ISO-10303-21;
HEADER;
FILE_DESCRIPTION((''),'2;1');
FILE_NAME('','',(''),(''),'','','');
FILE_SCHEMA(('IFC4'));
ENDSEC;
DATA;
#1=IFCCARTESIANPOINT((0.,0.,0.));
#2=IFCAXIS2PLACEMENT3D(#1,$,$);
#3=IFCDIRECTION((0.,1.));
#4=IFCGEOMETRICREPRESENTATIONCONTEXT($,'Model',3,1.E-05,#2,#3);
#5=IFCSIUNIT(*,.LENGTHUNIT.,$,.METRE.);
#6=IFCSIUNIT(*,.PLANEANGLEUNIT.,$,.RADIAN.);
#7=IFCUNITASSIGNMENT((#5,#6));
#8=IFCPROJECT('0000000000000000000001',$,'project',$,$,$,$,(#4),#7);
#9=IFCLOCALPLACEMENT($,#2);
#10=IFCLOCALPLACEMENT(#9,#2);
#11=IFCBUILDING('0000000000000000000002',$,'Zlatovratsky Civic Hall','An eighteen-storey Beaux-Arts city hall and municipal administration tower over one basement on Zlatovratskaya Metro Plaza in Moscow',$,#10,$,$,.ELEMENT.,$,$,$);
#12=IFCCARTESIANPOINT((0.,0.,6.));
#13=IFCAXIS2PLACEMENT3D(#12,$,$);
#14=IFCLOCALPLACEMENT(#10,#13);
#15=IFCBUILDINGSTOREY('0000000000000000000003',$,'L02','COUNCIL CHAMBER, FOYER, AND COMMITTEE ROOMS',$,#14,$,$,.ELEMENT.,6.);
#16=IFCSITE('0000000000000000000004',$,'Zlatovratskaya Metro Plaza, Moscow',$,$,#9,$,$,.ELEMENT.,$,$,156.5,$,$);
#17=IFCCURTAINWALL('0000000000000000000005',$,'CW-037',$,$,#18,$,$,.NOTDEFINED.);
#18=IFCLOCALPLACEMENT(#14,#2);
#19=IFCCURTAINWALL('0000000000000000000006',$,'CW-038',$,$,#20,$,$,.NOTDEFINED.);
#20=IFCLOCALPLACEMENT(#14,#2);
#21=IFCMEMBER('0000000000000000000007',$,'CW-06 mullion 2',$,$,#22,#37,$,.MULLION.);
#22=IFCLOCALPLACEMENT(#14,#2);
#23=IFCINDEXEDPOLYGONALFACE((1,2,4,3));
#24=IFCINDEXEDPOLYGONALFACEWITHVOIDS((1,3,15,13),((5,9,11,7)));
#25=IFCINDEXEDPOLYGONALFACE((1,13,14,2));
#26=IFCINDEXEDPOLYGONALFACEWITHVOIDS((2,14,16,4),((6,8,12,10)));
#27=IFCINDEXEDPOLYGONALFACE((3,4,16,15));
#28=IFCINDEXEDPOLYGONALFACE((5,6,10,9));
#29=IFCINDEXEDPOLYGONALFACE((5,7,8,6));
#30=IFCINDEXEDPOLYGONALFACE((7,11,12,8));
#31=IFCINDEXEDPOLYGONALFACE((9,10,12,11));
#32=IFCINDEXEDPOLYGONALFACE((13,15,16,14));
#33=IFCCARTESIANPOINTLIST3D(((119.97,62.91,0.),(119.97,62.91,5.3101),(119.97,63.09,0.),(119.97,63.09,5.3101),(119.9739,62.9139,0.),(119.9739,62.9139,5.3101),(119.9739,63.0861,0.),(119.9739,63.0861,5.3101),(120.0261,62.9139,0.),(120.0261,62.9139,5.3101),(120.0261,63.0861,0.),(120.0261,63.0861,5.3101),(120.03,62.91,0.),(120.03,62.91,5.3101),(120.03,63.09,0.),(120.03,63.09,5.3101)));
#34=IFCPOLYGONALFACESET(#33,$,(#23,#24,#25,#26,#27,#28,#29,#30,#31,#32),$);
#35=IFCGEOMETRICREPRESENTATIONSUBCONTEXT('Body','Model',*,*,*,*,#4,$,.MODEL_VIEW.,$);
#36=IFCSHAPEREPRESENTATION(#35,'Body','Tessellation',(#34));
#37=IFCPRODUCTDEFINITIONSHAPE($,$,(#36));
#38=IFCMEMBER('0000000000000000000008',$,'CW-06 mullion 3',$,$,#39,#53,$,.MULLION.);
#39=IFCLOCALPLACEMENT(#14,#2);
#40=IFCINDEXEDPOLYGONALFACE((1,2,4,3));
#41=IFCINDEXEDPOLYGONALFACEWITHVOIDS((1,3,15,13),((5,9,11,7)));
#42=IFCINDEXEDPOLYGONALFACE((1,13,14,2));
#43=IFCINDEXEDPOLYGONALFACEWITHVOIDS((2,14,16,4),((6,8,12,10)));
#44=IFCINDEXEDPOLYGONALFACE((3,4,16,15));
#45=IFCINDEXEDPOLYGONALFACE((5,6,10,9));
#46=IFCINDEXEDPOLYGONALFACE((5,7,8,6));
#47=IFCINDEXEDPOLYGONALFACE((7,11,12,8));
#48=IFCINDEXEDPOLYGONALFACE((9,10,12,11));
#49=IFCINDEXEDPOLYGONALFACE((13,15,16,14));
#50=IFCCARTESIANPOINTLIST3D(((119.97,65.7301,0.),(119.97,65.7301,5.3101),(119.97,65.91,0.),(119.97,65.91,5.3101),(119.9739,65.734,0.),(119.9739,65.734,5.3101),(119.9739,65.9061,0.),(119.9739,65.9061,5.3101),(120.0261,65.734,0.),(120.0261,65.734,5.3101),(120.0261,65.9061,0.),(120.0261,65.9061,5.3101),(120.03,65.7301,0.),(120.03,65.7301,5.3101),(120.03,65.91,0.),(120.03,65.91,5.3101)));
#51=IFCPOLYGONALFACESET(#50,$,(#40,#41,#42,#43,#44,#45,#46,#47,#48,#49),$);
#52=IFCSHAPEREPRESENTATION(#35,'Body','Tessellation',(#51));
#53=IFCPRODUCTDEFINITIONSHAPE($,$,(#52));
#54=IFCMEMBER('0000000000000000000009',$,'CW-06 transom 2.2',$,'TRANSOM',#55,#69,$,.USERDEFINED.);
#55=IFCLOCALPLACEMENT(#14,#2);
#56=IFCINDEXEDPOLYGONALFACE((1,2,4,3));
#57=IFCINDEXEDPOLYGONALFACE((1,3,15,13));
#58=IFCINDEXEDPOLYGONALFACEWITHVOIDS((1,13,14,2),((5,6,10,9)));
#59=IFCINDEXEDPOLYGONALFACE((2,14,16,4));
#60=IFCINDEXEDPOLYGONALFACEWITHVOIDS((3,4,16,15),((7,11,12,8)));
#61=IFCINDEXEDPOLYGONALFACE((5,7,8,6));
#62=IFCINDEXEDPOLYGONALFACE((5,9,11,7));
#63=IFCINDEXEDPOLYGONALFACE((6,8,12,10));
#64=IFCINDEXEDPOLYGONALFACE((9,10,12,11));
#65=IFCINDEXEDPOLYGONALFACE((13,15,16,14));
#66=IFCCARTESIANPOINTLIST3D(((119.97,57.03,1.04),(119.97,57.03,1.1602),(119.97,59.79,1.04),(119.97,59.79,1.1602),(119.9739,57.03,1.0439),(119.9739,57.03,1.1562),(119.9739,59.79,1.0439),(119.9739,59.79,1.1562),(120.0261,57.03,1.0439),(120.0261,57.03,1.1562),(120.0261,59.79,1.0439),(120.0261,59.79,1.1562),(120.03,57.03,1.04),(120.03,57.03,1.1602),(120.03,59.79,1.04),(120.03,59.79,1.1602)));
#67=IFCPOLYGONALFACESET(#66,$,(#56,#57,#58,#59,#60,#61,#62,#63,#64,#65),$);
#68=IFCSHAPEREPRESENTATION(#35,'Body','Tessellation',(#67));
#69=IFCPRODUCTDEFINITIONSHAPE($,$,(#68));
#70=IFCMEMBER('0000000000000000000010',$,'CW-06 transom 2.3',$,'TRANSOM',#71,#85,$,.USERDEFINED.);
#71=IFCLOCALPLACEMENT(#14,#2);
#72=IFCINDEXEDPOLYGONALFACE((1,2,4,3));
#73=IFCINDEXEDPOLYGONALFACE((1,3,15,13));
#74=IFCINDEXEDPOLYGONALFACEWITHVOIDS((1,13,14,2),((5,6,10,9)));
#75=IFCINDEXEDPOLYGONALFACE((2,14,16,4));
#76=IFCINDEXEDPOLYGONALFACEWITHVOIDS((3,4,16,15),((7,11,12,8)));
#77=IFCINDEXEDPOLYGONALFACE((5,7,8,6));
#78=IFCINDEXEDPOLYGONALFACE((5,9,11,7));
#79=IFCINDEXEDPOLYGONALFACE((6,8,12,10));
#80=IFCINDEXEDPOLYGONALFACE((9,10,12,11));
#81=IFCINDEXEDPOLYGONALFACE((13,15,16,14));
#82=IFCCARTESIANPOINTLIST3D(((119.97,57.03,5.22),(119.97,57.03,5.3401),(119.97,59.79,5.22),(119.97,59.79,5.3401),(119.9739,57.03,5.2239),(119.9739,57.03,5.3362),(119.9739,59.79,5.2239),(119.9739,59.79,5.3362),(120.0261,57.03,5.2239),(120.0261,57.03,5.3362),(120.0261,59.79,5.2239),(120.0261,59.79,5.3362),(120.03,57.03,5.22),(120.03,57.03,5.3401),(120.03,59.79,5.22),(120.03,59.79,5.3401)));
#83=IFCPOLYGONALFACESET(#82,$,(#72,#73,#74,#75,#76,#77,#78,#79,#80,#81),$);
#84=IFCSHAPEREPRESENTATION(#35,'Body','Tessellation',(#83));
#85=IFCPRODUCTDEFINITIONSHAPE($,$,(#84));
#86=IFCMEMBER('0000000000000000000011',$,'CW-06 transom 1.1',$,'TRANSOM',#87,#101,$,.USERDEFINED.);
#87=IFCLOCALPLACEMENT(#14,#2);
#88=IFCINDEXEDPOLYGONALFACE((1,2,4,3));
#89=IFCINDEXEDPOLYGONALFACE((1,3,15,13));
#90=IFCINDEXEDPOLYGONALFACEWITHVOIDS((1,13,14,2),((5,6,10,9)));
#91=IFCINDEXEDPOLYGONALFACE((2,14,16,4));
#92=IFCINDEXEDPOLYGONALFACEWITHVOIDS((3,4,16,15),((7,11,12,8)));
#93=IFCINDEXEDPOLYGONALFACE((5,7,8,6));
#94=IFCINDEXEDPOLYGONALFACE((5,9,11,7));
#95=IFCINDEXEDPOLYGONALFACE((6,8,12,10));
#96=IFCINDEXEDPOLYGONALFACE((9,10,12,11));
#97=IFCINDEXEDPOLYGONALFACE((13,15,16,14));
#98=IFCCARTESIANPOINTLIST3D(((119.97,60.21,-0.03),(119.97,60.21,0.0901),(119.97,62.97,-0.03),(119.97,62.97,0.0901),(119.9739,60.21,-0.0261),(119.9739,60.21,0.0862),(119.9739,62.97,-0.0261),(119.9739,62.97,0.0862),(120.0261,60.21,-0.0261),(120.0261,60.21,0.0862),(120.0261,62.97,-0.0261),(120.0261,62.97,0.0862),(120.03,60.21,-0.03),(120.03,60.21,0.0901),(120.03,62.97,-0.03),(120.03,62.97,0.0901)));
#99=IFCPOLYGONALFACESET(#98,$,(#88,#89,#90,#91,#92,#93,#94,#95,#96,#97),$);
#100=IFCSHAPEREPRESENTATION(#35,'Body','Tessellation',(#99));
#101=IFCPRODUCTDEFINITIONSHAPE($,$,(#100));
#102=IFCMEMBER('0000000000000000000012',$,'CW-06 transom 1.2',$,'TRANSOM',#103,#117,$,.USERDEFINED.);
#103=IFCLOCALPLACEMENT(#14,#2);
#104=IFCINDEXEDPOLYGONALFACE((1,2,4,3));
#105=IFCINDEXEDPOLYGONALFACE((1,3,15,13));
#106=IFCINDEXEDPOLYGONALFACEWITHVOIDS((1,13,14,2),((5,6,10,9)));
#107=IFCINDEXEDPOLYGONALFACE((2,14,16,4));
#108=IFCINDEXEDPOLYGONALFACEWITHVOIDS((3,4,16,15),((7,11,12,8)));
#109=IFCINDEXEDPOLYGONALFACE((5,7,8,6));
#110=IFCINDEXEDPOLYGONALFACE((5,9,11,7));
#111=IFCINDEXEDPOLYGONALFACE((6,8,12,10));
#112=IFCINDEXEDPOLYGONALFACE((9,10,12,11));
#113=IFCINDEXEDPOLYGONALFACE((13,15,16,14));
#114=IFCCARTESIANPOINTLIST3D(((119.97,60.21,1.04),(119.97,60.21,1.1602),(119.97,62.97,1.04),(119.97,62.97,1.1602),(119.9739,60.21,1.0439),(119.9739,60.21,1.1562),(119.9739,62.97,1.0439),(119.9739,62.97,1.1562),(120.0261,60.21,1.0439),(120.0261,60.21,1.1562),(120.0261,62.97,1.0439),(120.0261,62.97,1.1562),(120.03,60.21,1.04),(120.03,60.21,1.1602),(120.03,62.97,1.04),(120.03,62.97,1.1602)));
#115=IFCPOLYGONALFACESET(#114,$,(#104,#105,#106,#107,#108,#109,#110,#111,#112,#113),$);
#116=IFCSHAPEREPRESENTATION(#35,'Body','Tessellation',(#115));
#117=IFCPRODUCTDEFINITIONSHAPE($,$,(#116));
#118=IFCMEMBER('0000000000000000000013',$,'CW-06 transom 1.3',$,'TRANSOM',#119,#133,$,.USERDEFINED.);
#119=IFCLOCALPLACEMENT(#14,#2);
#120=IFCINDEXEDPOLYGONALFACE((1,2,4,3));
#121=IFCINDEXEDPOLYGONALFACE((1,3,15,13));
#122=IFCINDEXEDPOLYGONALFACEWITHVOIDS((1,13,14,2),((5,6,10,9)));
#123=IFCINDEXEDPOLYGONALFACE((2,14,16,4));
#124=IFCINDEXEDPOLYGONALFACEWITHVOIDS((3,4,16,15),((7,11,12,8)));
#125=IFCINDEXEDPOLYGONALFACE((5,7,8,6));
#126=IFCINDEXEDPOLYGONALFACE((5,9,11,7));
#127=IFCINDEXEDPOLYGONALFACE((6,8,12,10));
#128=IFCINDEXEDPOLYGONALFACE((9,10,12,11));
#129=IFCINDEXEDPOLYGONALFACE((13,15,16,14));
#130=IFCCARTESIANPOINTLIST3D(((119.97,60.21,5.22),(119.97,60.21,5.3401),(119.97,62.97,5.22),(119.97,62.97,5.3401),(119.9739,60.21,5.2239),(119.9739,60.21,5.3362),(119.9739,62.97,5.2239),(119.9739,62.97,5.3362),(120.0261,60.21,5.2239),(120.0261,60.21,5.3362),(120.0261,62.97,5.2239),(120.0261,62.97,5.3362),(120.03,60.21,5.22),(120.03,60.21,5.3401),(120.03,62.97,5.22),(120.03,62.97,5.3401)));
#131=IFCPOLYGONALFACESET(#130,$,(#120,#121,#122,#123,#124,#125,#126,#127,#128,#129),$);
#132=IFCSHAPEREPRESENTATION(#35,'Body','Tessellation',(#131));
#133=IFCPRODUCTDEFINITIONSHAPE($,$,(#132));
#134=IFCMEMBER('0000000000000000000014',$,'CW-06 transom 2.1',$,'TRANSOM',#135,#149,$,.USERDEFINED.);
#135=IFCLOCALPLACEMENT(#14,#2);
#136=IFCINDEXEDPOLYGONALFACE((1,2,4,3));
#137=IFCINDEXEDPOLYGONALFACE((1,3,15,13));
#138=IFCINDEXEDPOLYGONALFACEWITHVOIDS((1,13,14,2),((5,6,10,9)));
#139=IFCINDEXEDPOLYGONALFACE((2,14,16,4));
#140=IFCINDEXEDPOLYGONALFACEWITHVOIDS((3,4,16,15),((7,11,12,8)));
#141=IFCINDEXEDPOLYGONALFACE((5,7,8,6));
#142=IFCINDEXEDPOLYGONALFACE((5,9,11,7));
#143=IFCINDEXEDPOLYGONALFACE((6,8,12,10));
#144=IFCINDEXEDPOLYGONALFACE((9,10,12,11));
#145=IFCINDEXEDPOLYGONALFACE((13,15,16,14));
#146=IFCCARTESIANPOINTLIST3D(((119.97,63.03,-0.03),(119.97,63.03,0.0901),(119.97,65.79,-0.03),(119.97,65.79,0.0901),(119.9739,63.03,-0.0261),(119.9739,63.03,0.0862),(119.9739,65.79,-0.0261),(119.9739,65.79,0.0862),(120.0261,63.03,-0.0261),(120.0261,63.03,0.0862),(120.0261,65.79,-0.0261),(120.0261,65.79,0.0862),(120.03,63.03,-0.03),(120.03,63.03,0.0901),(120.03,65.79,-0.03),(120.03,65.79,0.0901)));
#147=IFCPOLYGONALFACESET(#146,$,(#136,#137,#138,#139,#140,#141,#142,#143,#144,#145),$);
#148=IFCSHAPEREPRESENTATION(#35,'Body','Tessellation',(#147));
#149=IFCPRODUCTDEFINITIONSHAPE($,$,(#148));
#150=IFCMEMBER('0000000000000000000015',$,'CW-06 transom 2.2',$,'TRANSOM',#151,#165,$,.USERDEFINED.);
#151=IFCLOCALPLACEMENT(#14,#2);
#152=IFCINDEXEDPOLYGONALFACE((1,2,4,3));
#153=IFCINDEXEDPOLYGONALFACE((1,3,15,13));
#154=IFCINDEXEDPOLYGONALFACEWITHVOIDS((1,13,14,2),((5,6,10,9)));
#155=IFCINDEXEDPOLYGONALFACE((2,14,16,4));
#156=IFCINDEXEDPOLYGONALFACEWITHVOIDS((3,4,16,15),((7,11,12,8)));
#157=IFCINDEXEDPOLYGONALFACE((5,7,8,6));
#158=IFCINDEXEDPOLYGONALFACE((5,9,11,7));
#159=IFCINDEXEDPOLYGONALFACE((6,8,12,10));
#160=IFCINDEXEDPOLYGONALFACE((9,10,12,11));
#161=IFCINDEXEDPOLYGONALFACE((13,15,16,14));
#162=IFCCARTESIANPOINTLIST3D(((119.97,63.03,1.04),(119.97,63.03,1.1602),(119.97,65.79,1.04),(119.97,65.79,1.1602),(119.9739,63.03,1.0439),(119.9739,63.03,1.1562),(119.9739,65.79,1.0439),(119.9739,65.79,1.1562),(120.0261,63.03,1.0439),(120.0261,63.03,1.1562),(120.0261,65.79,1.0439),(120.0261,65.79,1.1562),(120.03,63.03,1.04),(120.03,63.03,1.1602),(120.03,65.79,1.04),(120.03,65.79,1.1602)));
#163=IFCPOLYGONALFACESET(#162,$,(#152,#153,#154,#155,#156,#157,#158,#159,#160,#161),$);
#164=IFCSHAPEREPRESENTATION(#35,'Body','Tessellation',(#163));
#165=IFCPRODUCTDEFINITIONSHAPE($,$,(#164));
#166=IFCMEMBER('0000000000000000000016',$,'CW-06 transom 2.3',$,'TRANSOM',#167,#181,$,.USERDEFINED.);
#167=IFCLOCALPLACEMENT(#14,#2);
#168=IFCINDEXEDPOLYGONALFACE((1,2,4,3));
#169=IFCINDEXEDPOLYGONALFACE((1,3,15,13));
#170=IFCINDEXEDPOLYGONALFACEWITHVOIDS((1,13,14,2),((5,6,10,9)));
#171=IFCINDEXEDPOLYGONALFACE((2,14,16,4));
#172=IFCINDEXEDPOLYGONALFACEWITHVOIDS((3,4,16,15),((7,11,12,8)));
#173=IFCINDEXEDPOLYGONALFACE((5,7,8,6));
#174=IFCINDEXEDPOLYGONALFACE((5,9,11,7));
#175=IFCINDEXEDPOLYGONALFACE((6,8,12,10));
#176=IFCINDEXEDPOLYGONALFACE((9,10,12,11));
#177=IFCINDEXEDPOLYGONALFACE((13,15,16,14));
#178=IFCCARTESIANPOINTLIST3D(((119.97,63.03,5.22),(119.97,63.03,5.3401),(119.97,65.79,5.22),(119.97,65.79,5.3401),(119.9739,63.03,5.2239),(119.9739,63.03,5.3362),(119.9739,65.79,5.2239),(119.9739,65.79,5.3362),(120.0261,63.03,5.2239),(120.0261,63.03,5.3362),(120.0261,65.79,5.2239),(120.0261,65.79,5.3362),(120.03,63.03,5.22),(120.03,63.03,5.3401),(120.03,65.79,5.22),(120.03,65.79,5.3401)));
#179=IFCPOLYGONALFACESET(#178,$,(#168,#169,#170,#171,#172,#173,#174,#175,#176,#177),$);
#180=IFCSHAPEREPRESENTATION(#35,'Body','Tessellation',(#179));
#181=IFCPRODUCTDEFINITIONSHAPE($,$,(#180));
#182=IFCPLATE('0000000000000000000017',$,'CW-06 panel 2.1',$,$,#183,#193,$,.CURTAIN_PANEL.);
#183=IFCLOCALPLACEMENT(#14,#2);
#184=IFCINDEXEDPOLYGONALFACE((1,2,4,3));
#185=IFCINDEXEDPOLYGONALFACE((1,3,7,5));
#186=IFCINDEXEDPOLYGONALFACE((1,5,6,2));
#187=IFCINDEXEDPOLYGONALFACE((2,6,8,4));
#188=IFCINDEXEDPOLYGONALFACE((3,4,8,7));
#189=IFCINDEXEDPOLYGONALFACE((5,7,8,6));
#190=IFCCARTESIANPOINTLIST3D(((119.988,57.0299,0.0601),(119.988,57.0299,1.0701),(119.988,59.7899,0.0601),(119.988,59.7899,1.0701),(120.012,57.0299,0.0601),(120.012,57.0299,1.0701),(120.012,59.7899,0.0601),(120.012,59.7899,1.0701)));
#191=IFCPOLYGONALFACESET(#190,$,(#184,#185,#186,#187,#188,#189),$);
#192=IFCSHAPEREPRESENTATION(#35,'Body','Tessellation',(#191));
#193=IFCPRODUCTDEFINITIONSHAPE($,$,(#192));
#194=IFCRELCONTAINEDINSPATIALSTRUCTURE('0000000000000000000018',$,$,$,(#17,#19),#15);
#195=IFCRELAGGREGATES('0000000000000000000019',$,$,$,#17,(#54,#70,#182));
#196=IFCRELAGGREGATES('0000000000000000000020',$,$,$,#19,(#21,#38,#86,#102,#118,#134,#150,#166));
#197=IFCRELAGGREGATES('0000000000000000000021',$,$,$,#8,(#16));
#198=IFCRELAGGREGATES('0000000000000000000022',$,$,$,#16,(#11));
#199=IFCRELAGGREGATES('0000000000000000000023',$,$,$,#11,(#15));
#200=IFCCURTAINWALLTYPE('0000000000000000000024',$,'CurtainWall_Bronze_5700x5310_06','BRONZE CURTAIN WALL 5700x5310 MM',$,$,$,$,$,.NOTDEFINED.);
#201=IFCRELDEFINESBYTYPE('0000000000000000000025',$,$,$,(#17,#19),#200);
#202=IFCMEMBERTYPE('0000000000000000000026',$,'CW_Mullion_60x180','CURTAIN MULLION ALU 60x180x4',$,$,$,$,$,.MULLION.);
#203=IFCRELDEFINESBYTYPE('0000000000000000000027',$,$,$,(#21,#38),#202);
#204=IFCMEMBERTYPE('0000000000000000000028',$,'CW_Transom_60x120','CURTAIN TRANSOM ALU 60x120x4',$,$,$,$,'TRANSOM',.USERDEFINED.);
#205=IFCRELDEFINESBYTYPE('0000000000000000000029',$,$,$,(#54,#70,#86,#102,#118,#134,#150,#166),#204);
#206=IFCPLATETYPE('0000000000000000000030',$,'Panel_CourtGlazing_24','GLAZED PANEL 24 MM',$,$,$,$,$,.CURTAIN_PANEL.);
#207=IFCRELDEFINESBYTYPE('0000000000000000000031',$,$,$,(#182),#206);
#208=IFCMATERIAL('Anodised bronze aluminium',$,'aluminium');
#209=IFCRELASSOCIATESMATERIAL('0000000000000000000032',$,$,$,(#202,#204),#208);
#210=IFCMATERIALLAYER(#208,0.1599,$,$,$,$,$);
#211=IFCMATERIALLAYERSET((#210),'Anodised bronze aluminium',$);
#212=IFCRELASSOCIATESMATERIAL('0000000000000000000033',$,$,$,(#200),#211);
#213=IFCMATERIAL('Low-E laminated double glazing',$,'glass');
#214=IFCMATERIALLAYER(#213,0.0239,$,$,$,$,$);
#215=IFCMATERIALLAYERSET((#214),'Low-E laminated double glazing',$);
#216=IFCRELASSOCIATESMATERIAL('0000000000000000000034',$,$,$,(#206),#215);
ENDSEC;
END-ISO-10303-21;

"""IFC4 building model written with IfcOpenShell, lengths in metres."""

from ifc_helpers import new_model, si_unit, direction, frame, origin, origin_2d, place, context, subcontext, project, spatial, rectangle, hollow_rectangle, extrude, material, layer, layer_set, material_profile, profile_set, type_object, element, aggregate, save


model = new_model("IFC4")

# Units and contexts
model_context = context("Model", 3, precision=1e-05, world=origin(), true_north=direction((0.0, 1.0)))
body_context = subcontext(model_context, "Body", "Model", "MODEL_VIEW")
ifc_project = project(units=[si_unit("LENGTHUNIT", "METRE"), si_unit("PLANEANGLEUNIT", "RADIAN")], contexts=[model_context])

# Site, building, storey
site_placement = place(None, origin())
site = spatial("IfcSite", under=ifc_project, at=site_placement, Name="Zlatovratskaya Metro Plaza, Moscow", CompositionType="ELEMENT", RefElevation=156.5)
building_placement = place(site_placement, origin())
building = spatial("IfcBuilding", under=site, at=building_placement, Name="Zlatovratsky Civic Hall", Description="An eighteen-storey Beaux-Arts city hall and municipal administration tower over one basement on Zlatovratskaya Metro Plaza in Moscow", CompositionType="ELEMENT")
storey_placement = place(building_placement, frame((0.0, 0.0, 6.0)))
storey = spatial("IfcBuildingStorey", under=building, at=storey_placement, Name="L02", Description="COUNCIL CHAMBER, FOYER, AND COMMITTEE ROOMS", CompositionType="ELEMENT", Elevation=6.0)

# Curtain wall
ifc_material_1 = material(Name="Anodised bronze aluminium", Category="aluminium")
ifc_material_profile_1 = material_profile(ifc_material_1, hollow_rectangle(XDim=0.0601, YDim=0.1799, WallThickness=0.0039, at=origin_2d()), Name="ALU 60x180x4")
ifc_profile_set_1 = profile_set([ifc_material_profile_1], Name="Anodised bronze aluminium")
member_type_1 = type_object("IfcMemberType", Name="CW_Mullion_60x180", Description="CURTAIN MULLION ALU 60x180x4", PredefinedType="MULLION", material=ifc_profile_set_1)
ifc_layer_1 = layer(ifc_material_1, 0.1599)
ifc_layer_set_1 = layer_set([ifc_layer_1], Name="Anodised bronze aluminium")
curtain_wall_type_1 = type_object("IfcCurtainWallType", Name="CurtainWall_Bronze_5700x5310_06", Description="BRONZE CURTAIN WALL 5700x5310 MM", PredefinedType="NOTDEFINED", material=ifc_layer_set_1)
curtain_wall_1_placement = place(storey_placement, origin())
curtain_wall_1 = element("IfcCurtainWall", 1, at=curtain_wall_1_placement, inside=storey, type_object=curtain_wall_type_1, Name="CW-037", PredefinedType="NOTDEFINED")

# Curtain wall, members
curtain_wall_2_placement = place(storey_placement, origin())
curtain_wall_2 = element("IfcCurtainWall", 2, at=curtain_wall_2_placement, inside=storey, type_object=curtain_wall_type_1, Name="CW-038", PredefinedType="NOTDEFINED")
member_1_placement = place(storey_placement, frame((120.0, 63.0, 0.0), z_axis=(0.0, 0.0, 1.0), x_axis=(-1.0, 0.0, 0.0)))
member_1 = element("IfcMember", 3, at=member_1_placement, type_object=member_type_1, Name="CW-06 mullion 2", PredefinedType="MULLION", context=body_context, shape_type="SweptSolid", body=[
    extrude(hollow_rectangle(XDim=0.0601, YDim=0.1799, WallThickness=0.0039, at=origin_2d()), origin(), (0.0, 0.0, 1.0), 5.3101),
])
member_2_placement = place(storey_placement, frame((120.0, 65.8201, 0.0), z_axis=(0.0, 0.0, 1.0), x_axis=(-1.0, 0.0, 0.0)))
member_2 = element("IfcMember", 4, at=member_2_placement, type_object=member_type_1, Name="CW-06 mullion 3", PredefinedType="MULLION", context=body_context, shape_type="SweptSolid", body=[
    extrude(hollow_rectangle(XDim=0.0601, YDim=0.1799, WallThickness=0.0039, at=origin_2d()), origin(), (0.0, 0.0, 1.0), 5.3101),
])

# Members
ifc_material_profile_2 = material_profile(ifc_material_1, hollow_rectangle(XDim=0.0601, YDim=0.1201, WallThickness=0.0039, at=origin_2d()), Name="ALU 60x120x4")
ifc_profile_set_2 = profile_set([ifc_material_profile_2], Name="Anodised bronze aluminium")
member_type_2 = type_object("IfcMemberType", Name="CW_Transom_60x120", Description="CURTAIN TRANSOM ALU 60x120x4", ElementType="TRANSOM", PredefinedType="USERDEFINED", material=ifc_profile_set_2)
member_3_placement = place(storey_placement, frame((120.0, 57.03, 1.1001), z_axis=(0.0, 1.0, 0.0), x_axis=(-1.0, 0.0, 0.0)))
member_3 = element("IfcMember", 5, at=member_3_placement, type_object=member_type_2, Name="CW-06 transom 2.2", ObjectType="TRANSOM", PredefinedType="USERDEFINED", context=body_context, shape_type="SweptSolid", body=[
    extrude(hollow_rectangle(XDim=0.0601, YDim=0.1201, WallThickness=0.0039, at=origin_2d()), origin(), (0.0, 0.0, 1.0), 2.76),
])
member_4_placement = place(storey_placement, frame((120.0, 57.03, 5.28), z_axis=(0.0, 1.0, 0.0), x_axis=(-1.0, 0.0, 0.0)))
member_4 = element("IfcMember", 6, at=member_4_placement, type_object=member_type_2, Name="CW-06 transom 2.3", ObjectType="TRANSOM", PredefinedType="USERDEFINED", context=body_context, shape_type="SweptSolid", body=[
    extrude(hollow_rectangle(XDim=0.0601, YDim=0.1201, WallThickness=0.0039, at=origin_2d()), origin(), (0.0, 0.0, 1.0), 2.76),
])
member_5_placement = place(storey_placement, frame((120.0, 60.21, 0.03), z_axis=(0.0, 1.0, 0.0), x_axis=(-1.0, 0.0, 0.0)))
member_5 = element("IfcMember", 7, at=member_5_placement, type_object=member_type_2, Name="CW-06 transom 1.1", ObjectType="TRANSOM", PredefinedType="USERDEFINED", context=body_context, shape_type="SweptSolid", body=[
    extrude(hollow_rectangle(XDim=0.0601, YDim=0.1201, WallThickness=0.0039, at=origin_2d()), origin(), (0.0, 0.0, 1.0), 2.76),
])
member_6_placement = place(storey_placement, frame((120.0, 60.21, 1.1001), z_axis=(0.0, 1.0, 0.0), x_axis=(-1.0, 0.0, 0.0)))
member_6 = element("IfcMember", 8, at=member_6_placement, type_object=member_type_2, Name="CW-06 transom 1.2", ObjectType="TRANSOM", PredefinedType="USERDEFINED", context=body_context, shape_type="SweptSolid", body=[
    extrude(hollow_rectangle(XDim=0.0601, YDim=0.1201, WallThickness=0.0039, at=origin_2d()), origin(), (0.0, 0.0, 1.0), 2.76),
])
member_7_placement = place(storey_placement, frame((120.0, 60.21, 5.28), z_axis=(0.0, 1.0, 0.0), x_axis=(-1.0, 0.0, 0.0)))
member_7 = element("IfcMember", 9, at=member_7_placement, type_object=member_type_2, Name="CW-06 transom 1.3", ObjectType="TRANSOM", PredefinedType="USERDEFINED", context=body_context, shape_type="SweptSolid", body=[
    extrude(hollow_rectangle(XDim=0.0601, YDim=0.1201, WallThickness=0.0039, at=origin_2d()), origin(), (0.0, 0.0, 1.0), 2.76),
])
member_8_placement = place(storey_placement, frame((120.0, 63.03, 0.03), z_axis=(0.0, 1.0, 0.0), x_axis=(-1.0, 0.0, 0.0)))
member_8 = element("IfcMember", 10, at=member_8_placement, type_object=member_type_2, Name="CW-06 transom 2.1", ObjectType="TRANSOM", PredefinedType="USERDEFINED", context=body_context, shape_type="SweptSolid", body=[
    extrude(hollow_rectangle(XDim=0.0601, YDim=0.1201, WallThickness=0.0039, at=origin_2d()), origin(), (0.0, 0.0, 1.0), 2.76),
])
member_9_placement = place(storey_placement, frame((120.0, 63.03, 1.1001), z_axis=(0.0, 1.0, 0.0), x_axis=(-1.0, 0.0, 0.0)))
member_9 = element("IfcMember", 11, at=member_9_placement, type_object=member_type_2, Name="CW-06 transom 2.2", ObjectType="TRANSOM", PredefinedType="USERDEFINED", context=body_context, shape_type="SweptSolid", body=[
    extrude(hollow_rectangle(XDim=0.0601, YDim=0.1201, WallThickness=0.0039, at=origin_2d()), origin(), (0.0, 0.0, 1.0), 2.76),
])
member_10_placement = place(storey_placement, frame((120.0, 63.03, 5.28), z_axis=(0.0, 1.0, 0.0), x_axis=(-1.0, 0.0, 0.0)))
member_10 = element("IfcMember", 12, at=member_10_placement, type_object=member_type_2, Name="CW-06 transom 2.3", ObjectType="TRANSOM", PredefinedType="USERDEFINED", context=body_context, shape_type="SweptSolid", body=[
    extrude(hollow_rectangle(XDim=0.0601, YDim=0.1201, WallThickness=0.0039, at=origin_2d()), origin(), (0.0, 0.0, 1.0), 2.76),
])

# Plate
ifc_material_2 = material(Name="Low-E laminated double glazing", Category="glass")
ifc_layer_2 = layer(ifc_material_2, 0.0239)
ifc_layer_set_2 = layer_set([ifc_layer_2], Name="Low-E laminated double glazing")
plate_type = type_object("IfcPlateType", Name="Panel_CourtGlazing_24", Description="GLAZED PANEL 24 MM", PredefinedType="CURTAIN_PANEL", material=ifc_layer_set_2)
plate_1_placement = place(storey_placement, frame((120.0, 58.4099, 0.0601), z_axis=(0.0, 0.0, 1.0), x_axis=(0.0, 1.0, 0.0)))
plate_1 = element("IfcPlate", 13, at=plate_1_placement, type_object=plate_type, Name="CW-06 panel 2.1", PredefinedType="CURTAIN_PANEL", context=body_context, shape_type="SweptSolid", body=[
    extrude(rectangle(XDim=2.76, YDim=0.0239, at=origin_2d()), origin(), (0.0, 0.0, 1.0), 1.01),
])
aggregate(curtain_wall_1, [member_3, member_4, plate_1])
aggregate(curtain_wall_2, [member_1, member_2, member_5, member_6, member_7, member_8, member_9, member_10])

save(model, "model.ifc")
